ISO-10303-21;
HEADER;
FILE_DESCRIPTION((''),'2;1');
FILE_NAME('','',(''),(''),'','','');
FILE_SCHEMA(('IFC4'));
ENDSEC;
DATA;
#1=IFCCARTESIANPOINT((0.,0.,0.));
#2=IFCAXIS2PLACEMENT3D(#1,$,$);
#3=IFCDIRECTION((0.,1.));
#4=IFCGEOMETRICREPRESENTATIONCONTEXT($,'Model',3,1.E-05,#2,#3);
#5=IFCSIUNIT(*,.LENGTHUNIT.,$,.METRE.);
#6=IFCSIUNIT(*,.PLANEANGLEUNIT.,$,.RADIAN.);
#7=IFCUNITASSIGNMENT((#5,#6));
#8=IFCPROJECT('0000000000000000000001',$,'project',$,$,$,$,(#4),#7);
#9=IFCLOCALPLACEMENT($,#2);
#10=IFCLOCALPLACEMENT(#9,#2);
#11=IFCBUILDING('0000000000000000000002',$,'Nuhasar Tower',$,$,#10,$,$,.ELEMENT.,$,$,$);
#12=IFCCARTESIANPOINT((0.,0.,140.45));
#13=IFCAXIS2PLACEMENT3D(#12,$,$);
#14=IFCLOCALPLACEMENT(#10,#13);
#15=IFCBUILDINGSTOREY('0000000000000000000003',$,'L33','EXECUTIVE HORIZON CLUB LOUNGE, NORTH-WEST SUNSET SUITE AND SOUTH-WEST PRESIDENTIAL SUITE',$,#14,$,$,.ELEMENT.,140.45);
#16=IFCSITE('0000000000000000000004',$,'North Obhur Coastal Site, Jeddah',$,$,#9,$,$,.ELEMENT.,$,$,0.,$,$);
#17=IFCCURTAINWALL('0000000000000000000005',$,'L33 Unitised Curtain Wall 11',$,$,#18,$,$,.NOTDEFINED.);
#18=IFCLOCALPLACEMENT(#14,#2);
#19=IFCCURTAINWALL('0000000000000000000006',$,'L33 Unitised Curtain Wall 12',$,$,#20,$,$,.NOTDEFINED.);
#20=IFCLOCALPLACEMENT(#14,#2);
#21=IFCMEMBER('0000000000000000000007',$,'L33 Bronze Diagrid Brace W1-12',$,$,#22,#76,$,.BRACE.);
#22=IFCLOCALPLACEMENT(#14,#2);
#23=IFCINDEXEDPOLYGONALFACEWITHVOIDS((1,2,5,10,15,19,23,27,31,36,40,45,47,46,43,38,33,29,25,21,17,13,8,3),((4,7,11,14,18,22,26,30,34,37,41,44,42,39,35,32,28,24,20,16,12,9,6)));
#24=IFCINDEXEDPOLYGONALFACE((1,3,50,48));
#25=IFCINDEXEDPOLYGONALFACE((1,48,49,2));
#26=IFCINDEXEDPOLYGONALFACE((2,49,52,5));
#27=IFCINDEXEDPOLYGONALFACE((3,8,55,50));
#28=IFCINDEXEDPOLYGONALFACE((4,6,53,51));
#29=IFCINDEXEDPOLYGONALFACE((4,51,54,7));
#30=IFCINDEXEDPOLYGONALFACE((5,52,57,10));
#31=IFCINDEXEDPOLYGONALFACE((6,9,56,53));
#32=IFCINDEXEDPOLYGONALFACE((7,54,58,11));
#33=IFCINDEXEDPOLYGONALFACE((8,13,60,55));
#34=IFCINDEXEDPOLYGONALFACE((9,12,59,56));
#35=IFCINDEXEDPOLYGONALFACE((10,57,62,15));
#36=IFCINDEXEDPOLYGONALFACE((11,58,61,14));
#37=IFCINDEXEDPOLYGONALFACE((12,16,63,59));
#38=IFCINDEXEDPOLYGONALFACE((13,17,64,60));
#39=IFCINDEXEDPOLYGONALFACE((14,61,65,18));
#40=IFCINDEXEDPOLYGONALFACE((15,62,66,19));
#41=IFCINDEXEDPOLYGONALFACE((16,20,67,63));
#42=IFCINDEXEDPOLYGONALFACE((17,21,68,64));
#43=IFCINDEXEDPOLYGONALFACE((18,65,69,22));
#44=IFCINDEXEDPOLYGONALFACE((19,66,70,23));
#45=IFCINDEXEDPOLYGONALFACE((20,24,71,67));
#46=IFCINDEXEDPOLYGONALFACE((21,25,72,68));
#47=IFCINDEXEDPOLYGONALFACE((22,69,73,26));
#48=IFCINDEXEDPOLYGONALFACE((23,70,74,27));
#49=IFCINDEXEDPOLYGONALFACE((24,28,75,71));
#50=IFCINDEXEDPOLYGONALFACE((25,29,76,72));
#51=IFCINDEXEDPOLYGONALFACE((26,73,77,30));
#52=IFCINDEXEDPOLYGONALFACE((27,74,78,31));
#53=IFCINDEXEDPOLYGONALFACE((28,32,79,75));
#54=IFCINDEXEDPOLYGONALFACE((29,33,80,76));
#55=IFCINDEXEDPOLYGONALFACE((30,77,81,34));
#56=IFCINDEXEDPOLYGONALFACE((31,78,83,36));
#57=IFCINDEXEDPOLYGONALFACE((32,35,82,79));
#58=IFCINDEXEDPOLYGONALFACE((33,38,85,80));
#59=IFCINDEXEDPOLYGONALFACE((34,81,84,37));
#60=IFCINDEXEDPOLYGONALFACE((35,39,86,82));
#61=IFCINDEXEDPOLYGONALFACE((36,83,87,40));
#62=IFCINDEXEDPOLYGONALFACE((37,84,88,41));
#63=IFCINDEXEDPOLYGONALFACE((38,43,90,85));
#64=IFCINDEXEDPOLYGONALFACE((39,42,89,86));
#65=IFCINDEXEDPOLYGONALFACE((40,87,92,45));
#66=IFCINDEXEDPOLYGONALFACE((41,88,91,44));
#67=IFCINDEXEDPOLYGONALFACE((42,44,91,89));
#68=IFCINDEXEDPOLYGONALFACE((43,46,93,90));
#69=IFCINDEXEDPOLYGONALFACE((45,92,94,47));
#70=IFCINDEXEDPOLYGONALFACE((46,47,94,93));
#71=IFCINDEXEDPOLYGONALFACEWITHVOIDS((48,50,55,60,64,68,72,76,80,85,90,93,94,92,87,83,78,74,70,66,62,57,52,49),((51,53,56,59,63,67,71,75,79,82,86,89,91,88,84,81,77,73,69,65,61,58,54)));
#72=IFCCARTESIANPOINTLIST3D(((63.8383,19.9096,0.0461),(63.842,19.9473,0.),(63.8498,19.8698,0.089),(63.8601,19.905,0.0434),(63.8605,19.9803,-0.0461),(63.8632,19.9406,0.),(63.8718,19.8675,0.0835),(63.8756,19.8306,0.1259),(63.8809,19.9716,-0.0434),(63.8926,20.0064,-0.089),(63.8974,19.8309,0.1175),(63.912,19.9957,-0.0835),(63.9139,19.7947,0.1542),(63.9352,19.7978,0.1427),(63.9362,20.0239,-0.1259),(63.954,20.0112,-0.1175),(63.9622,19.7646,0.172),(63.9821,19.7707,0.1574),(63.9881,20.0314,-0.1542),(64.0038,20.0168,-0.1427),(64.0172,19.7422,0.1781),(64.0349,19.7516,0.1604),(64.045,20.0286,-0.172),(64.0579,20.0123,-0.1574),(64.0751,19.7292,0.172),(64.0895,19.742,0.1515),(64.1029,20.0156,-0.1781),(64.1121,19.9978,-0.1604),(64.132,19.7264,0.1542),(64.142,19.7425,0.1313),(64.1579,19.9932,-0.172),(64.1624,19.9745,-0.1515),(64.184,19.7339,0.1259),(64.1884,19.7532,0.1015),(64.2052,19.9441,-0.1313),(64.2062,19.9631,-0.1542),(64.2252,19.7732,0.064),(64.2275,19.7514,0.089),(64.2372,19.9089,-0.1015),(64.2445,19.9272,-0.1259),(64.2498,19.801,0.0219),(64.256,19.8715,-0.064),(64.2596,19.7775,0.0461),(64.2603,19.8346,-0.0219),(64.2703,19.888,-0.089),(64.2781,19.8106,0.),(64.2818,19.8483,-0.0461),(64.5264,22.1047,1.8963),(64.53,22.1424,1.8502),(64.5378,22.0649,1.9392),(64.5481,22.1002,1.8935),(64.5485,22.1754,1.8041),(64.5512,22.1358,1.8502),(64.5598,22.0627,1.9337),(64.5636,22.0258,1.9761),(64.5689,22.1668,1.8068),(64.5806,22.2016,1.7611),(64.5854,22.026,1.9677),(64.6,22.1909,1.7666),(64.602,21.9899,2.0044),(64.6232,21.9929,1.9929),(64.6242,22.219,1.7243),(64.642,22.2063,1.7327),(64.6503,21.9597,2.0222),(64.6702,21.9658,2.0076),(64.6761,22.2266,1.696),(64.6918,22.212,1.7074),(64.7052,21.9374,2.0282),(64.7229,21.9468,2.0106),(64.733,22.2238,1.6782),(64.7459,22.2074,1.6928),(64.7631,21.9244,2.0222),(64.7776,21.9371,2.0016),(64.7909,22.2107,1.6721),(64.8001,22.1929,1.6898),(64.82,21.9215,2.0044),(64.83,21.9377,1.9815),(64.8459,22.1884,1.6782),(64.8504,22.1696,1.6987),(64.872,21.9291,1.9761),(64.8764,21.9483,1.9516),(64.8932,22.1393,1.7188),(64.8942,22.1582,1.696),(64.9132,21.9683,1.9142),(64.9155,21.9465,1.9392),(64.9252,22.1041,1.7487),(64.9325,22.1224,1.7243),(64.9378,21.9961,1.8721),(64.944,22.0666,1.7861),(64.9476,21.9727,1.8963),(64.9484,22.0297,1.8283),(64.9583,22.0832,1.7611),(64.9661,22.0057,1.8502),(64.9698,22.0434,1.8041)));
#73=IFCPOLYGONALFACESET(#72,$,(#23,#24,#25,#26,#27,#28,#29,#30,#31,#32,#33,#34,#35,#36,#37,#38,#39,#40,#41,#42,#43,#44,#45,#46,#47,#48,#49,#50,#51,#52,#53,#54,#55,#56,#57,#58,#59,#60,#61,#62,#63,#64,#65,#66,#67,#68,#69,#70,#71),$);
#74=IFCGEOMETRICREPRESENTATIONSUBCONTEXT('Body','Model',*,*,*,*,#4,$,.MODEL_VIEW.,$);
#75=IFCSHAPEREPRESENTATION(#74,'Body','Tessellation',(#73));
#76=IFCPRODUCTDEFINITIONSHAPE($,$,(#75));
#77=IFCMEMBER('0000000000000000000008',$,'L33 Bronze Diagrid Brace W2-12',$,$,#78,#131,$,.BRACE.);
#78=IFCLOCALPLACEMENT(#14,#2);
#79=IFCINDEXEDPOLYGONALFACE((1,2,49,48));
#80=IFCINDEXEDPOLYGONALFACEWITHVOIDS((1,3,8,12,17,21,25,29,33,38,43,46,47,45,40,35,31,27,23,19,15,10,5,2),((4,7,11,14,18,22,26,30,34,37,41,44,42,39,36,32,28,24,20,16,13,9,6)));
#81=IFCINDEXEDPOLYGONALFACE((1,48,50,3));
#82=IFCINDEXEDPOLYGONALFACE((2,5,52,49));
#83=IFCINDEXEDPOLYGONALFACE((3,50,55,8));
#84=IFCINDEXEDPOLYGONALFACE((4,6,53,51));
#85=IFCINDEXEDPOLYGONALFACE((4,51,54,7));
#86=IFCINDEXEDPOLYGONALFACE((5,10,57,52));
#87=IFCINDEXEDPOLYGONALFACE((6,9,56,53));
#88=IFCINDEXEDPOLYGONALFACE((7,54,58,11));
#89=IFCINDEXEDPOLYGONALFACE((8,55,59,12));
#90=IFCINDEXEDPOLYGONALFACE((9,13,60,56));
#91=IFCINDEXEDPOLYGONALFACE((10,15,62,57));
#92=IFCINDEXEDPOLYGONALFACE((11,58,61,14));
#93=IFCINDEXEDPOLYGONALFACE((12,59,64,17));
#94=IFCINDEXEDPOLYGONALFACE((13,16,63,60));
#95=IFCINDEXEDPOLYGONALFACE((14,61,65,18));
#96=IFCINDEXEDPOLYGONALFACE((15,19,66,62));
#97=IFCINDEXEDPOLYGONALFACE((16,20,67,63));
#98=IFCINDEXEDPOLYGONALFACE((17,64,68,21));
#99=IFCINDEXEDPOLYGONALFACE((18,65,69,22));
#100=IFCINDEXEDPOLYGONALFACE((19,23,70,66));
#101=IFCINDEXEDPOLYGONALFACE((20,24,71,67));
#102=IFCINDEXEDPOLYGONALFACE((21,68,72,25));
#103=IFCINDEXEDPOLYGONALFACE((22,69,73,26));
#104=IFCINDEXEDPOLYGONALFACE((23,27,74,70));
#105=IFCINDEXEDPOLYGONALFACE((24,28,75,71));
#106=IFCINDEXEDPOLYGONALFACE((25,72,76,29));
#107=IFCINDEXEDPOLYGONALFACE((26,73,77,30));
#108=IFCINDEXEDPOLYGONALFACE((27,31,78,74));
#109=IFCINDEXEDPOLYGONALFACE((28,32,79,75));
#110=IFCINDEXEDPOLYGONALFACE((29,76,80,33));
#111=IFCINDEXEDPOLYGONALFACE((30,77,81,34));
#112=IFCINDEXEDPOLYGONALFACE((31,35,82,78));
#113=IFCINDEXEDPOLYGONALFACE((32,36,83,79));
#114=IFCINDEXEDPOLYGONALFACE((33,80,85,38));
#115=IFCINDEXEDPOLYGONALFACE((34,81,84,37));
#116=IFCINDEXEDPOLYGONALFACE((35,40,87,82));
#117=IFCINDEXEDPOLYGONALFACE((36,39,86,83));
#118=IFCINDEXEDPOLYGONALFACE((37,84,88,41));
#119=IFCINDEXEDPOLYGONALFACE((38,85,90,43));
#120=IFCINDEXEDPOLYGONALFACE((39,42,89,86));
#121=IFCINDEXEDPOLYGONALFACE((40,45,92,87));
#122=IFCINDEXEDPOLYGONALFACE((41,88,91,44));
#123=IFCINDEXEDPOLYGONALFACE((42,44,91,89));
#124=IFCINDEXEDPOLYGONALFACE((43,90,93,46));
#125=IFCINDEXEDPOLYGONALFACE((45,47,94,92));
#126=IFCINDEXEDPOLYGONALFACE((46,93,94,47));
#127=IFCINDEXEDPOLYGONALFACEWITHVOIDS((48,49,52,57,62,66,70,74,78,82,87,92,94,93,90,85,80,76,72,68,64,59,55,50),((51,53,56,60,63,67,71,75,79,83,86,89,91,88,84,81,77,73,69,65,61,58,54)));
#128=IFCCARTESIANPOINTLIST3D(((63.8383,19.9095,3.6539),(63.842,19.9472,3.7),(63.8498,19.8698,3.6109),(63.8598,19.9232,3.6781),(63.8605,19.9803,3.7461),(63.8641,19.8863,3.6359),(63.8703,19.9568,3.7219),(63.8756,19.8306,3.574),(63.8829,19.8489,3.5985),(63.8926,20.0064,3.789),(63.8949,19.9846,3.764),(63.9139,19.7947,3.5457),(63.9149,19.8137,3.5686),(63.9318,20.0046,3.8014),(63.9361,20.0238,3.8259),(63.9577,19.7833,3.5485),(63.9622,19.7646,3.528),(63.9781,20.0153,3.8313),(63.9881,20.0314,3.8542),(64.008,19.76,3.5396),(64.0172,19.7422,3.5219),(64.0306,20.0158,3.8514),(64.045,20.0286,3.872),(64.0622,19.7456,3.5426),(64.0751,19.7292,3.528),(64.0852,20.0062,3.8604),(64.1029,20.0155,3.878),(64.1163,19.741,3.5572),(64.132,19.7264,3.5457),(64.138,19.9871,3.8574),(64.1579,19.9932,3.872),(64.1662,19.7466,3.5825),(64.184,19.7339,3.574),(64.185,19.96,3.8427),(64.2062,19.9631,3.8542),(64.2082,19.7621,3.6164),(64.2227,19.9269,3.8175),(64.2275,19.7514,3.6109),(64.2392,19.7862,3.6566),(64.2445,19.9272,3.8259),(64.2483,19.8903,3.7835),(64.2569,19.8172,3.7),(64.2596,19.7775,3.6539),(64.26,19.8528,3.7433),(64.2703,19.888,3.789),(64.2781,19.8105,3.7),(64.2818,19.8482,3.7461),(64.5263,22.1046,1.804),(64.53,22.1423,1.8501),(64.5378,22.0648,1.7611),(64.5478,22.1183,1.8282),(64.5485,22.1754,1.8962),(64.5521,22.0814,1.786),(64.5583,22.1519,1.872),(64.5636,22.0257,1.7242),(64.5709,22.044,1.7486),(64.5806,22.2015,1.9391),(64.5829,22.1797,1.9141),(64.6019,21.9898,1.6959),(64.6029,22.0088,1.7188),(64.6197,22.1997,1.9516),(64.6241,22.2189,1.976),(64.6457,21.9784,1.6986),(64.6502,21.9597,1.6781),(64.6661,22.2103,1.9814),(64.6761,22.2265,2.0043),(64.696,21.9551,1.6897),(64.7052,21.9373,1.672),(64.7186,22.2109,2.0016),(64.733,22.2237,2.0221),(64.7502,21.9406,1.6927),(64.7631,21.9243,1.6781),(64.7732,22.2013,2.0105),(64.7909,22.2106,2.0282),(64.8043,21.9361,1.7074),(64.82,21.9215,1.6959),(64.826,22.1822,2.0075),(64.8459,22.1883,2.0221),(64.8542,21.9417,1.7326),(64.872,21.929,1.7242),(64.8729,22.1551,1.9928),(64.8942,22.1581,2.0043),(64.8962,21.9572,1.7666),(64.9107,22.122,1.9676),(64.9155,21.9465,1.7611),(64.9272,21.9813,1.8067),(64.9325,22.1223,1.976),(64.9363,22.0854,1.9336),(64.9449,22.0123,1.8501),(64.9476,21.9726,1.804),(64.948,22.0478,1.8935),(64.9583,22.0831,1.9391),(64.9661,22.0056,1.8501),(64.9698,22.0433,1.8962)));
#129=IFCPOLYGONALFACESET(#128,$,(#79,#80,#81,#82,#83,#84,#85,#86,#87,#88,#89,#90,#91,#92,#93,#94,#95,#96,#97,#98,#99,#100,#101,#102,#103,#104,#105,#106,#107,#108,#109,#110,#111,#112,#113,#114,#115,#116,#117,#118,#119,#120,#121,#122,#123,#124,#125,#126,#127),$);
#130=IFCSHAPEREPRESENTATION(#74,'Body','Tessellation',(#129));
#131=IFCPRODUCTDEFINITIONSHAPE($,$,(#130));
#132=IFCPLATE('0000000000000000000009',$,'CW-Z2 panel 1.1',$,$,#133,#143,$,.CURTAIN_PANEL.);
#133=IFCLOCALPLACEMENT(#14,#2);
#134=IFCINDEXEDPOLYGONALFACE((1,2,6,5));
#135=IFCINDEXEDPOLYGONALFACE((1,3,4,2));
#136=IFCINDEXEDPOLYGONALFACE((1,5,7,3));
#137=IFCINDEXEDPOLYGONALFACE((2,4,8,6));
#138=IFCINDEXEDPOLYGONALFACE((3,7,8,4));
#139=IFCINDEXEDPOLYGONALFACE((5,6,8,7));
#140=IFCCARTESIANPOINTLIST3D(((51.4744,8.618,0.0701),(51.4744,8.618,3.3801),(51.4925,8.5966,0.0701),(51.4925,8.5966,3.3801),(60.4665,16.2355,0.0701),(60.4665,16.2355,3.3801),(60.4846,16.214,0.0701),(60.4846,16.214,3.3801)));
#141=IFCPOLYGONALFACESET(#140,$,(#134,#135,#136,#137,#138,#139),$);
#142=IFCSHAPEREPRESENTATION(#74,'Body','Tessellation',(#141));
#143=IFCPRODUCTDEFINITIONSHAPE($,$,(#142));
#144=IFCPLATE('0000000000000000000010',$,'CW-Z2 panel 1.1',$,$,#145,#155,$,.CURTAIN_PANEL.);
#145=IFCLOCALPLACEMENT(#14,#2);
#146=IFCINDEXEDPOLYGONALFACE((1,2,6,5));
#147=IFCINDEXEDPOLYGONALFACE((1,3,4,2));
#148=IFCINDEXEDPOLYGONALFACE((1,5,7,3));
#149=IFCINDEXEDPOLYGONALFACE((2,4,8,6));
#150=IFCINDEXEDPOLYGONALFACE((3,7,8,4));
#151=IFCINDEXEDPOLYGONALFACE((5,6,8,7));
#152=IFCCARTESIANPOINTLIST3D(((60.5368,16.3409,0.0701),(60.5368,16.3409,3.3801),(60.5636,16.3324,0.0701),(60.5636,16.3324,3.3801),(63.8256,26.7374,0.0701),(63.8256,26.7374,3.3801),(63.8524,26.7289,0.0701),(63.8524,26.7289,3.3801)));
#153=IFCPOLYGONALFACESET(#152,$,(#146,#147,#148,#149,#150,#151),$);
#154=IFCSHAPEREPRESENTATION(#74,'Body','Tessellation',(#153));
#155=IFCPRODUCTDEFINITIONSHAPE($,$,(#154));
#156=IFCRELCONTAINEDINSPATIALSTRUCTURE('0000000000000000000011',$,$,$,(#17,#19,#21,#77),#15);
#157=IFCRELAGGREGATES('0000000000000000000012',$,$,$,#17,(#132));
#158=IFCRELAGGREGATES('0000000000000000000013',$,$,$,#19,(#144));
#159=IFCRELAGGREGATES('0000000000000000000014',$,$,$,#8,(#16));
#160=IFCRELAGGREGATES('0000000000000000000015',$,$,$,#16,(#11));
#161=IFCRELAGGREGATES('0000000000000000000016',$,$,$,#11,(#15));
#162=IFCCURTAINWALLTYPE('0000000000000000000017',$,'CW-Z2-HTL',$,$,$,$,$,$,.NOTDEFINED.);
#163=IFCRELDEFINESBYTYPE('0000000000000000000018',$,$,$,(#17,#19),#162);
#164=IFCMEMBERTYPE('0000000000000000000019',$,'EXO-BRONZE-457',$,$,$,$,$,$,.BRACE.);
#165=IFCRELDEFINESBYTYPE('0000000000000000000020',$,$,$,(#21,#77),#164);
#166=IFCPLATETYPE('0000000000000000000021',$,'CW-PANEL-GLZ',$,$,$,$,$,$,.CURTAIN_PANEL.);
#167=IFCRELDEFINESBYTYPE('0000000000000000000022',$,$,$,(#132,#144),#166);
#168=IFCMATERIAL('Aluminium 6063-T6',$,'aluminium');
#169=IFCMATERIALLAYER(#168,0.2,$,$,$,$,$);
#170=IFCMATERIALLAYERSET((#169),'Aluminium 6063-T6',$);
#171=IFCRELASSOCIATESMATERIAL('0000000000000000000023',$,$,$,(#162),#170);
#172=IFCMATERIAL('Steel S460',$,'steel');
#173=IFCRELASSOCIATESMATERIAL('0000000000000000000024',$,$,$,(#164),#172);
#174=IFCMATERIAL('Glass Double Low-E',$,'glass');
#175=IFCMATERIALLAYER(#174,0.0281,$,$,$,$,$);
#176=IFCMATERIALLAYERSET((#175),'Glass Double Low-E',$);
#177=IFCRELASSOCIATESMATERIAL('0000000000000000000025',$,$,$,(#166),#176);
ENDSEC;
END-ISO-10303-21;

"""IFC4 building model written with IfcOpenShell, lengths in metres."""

from ifc_helpers import new_model, si_unit, direction, frame, origin, origin_2d, place, context, subcontext, project, spatial, rectangle, hollow_circle, extrude, material, layer, layer_set, material_profile, profile_set, type_object, element, aggregate, save


model = new_model("IFC4")

# Units and contexts
model_context = context("Model", 3, precision=1e-05, world=origin(), true_north=direction((0.0, 1.0)))
body_context = subcontext(model_context, "Body", "Model", "MODEL_VIEW")
ifc_project = project(units=[si_unit("LENGTHUNIT", "METRE"), si_unit("PLANEANGLEUNIT", "RADIAN")], contexts=[model_context])

# Site, building, storey
site_placement = place(None, origin())
site = spatial("IfcSite", under=ifc_project, at=site_placement, Name="North Obhur Coastal Site, Jeddah", CompositionType="ELEMENT", RefElevation=0.0)
building_placement = place(site_placement, origin())
building = spatial("IfcBuilding", under=site, at=building_placement, Name="Nuhasar Tower", CompositionType="ELEMENT")
storey_placement = place(building_placement, frame((0.0, 0.0, 140.45)))
storey = spatial("IfcBuildingStorey", under=building, at=storey_placement, Name="L33", Description="EXECUTIVE HORIZON CLUB LOUNGE, NORTH-WEST SUNSET SUITE AND SOUTH-WEST PRESIDENTIAL SUITE", CompositionType="ELEMENT", Elevation=140.45)

# Curtain wall
ifc_material_1 = material(Name="Aluminium 6063-T6", Category="aluminium")
ifc_layer_1 = layer(ifc_material_1, 0.2)
ifc_layer_set_1 = layer_set([ifc_layer_1], Name="Aluminium 6063-T6")
curtain_wall_type = type_object("IfcCurtainWallType", Name="CW-Z2-HTL", PredefinedType="NOTDEFINED", material=ifc_layer_set_1)
curtain_wall_1_placement = place(storey_placement, origin())
curtain_wall_1 = element("IfcCurtainWall", 1, at=curtain_wall_1_placement, inside=storey, type_object=curtain_wall_type, Name="L33 Unitised Curtain Wall 11", PredefinedType="NOTDEFINED")

# Curtain wall
curtain_wall_2_placement = place(storey_placement, origin())
curtain_wall_2 = element("IfcCurtainWall", 2, at=curtain_wall_2_placement, inside=storey, type_object=curtain_wall_type, Name="L33 Unitised Curtain Wall 12", PredefinedType="NOTDEFINED")

# Members
ifc_material_2 = material(Name="Steel S460", Category="steel")
ifc_material_profile_1 = material_profile(ifc_material_2, hollow_circle(Radius=0.2285, WallThickness=0.0222, at=origin_2d()), Name="HSS457X22.2")
ifc_profile_set_1 = profile_set([ifc_material_profile_1], Name="Steel S460")
member_type_1 = type_object("IfcMemberType", Name="EXO-BRONZE-457", PredefinedType="BRACE", material=ifc_profile_set_1)
member_1_placement = place(storey_placement, frame((64.0601, 19.8789, 0.0), z_axis=(0.233056, 0.743578, 0.626719), x_axis=(-0.954228, 0.299079, 0.0)))
element("IfcMember", 3, at=member_1_placement, inside=storey, type_object=member_type_1, Name="L33 Bronze Diagrid Brace W1-12", PredefinedType="BRACE", context=body_context, shape_type="SweptSolid", body=[
    extrude(hollow_circle(Radius=0.2285, WallThickness=0.0222, at=origin_2d()), origin(), (0.0, 0.0, 1.0), 2.9521),
])
member_2_placement = place(storey_placement, frame((64.748, 22.074, 1.8501), z_axis=(-0.233068, -0.743616, 0.626669), x_axis=(0.954228, -0.299079, 0.0)))
element("IfcMember", 4, at=member_2_placement, inside=storey, type_object=member_type_1, Name="L33 Bronze Diagrid Brace W2-12", PredefinedType="BRACE", context=body_context, shape_type="SweptSolid", body=[
    extrude(hollow_circle(Radius=0.2285, WallThickness=0.0222, at=origin_2d()), origin(), (0.0, 0.0, 1.0), 2.9519),
])

# Plates
ifc_material_3 = material(Name="Glass Double Low-E", Category="glass")
ifc_layer_2 = layer(ifc_material_3, 0.0281)
ifc_layer_set_2 = layer_set([ifc_layer_2], Name="Glass Double Low-E")
plate_type = type_object("IfcPlateType", Name="CW-PANEL-GLZ", PredefinedType="CURTAIN_PANEL", material=ifc_layer_set_2)
plate_1_placement = place(storey_placement, frame((55.9795, 12.416, 0.0701), z_axis=(0.0, 0.0, 1.0), x_axis=(0.76302, 0.646374, 0.0)))
plate_1 = element("IfcPlate", 5, at=plate_1_placement, type_object=plate_type, Name="CW-Z2 panel 1.1", PredefinedType="CURTAIN_PANEL", context=body_context, shape_type="SweptSolid", body=[
    extrude(rectangle(XDim=11.7849, YDim=0.0281, at=origin_2d()), origin(), (0.0, 0.0, 1.0), 3.3101),
])
aggregate(curtain_wall_1, [plate_1])
plate_2_placement = place(storey_placement, frame((62.1946, 21.5349, 0.0701), z_axis=(0.0, 0.0, 1.0), x_axis=(0.301604, 0.953433, 0.0)))
plate_2 = element("IfcPlate", 6, at=plate_2_placement, type_object=plate_type, Name="CW-Z2 panel 1.1", PredefinedType="CURTAIN_PANEL", context=body_context, shape_type="SweptSolid", body=[
    extrude(rectangle(XDim=10.9043, YDim=0.0281, at=origin_2d()), origin(), (0.0, 0.0, 1.0), 3.3101),
])
aggregate(curtain_wall_2, [plate_2])

save(model, "model.ifc")
